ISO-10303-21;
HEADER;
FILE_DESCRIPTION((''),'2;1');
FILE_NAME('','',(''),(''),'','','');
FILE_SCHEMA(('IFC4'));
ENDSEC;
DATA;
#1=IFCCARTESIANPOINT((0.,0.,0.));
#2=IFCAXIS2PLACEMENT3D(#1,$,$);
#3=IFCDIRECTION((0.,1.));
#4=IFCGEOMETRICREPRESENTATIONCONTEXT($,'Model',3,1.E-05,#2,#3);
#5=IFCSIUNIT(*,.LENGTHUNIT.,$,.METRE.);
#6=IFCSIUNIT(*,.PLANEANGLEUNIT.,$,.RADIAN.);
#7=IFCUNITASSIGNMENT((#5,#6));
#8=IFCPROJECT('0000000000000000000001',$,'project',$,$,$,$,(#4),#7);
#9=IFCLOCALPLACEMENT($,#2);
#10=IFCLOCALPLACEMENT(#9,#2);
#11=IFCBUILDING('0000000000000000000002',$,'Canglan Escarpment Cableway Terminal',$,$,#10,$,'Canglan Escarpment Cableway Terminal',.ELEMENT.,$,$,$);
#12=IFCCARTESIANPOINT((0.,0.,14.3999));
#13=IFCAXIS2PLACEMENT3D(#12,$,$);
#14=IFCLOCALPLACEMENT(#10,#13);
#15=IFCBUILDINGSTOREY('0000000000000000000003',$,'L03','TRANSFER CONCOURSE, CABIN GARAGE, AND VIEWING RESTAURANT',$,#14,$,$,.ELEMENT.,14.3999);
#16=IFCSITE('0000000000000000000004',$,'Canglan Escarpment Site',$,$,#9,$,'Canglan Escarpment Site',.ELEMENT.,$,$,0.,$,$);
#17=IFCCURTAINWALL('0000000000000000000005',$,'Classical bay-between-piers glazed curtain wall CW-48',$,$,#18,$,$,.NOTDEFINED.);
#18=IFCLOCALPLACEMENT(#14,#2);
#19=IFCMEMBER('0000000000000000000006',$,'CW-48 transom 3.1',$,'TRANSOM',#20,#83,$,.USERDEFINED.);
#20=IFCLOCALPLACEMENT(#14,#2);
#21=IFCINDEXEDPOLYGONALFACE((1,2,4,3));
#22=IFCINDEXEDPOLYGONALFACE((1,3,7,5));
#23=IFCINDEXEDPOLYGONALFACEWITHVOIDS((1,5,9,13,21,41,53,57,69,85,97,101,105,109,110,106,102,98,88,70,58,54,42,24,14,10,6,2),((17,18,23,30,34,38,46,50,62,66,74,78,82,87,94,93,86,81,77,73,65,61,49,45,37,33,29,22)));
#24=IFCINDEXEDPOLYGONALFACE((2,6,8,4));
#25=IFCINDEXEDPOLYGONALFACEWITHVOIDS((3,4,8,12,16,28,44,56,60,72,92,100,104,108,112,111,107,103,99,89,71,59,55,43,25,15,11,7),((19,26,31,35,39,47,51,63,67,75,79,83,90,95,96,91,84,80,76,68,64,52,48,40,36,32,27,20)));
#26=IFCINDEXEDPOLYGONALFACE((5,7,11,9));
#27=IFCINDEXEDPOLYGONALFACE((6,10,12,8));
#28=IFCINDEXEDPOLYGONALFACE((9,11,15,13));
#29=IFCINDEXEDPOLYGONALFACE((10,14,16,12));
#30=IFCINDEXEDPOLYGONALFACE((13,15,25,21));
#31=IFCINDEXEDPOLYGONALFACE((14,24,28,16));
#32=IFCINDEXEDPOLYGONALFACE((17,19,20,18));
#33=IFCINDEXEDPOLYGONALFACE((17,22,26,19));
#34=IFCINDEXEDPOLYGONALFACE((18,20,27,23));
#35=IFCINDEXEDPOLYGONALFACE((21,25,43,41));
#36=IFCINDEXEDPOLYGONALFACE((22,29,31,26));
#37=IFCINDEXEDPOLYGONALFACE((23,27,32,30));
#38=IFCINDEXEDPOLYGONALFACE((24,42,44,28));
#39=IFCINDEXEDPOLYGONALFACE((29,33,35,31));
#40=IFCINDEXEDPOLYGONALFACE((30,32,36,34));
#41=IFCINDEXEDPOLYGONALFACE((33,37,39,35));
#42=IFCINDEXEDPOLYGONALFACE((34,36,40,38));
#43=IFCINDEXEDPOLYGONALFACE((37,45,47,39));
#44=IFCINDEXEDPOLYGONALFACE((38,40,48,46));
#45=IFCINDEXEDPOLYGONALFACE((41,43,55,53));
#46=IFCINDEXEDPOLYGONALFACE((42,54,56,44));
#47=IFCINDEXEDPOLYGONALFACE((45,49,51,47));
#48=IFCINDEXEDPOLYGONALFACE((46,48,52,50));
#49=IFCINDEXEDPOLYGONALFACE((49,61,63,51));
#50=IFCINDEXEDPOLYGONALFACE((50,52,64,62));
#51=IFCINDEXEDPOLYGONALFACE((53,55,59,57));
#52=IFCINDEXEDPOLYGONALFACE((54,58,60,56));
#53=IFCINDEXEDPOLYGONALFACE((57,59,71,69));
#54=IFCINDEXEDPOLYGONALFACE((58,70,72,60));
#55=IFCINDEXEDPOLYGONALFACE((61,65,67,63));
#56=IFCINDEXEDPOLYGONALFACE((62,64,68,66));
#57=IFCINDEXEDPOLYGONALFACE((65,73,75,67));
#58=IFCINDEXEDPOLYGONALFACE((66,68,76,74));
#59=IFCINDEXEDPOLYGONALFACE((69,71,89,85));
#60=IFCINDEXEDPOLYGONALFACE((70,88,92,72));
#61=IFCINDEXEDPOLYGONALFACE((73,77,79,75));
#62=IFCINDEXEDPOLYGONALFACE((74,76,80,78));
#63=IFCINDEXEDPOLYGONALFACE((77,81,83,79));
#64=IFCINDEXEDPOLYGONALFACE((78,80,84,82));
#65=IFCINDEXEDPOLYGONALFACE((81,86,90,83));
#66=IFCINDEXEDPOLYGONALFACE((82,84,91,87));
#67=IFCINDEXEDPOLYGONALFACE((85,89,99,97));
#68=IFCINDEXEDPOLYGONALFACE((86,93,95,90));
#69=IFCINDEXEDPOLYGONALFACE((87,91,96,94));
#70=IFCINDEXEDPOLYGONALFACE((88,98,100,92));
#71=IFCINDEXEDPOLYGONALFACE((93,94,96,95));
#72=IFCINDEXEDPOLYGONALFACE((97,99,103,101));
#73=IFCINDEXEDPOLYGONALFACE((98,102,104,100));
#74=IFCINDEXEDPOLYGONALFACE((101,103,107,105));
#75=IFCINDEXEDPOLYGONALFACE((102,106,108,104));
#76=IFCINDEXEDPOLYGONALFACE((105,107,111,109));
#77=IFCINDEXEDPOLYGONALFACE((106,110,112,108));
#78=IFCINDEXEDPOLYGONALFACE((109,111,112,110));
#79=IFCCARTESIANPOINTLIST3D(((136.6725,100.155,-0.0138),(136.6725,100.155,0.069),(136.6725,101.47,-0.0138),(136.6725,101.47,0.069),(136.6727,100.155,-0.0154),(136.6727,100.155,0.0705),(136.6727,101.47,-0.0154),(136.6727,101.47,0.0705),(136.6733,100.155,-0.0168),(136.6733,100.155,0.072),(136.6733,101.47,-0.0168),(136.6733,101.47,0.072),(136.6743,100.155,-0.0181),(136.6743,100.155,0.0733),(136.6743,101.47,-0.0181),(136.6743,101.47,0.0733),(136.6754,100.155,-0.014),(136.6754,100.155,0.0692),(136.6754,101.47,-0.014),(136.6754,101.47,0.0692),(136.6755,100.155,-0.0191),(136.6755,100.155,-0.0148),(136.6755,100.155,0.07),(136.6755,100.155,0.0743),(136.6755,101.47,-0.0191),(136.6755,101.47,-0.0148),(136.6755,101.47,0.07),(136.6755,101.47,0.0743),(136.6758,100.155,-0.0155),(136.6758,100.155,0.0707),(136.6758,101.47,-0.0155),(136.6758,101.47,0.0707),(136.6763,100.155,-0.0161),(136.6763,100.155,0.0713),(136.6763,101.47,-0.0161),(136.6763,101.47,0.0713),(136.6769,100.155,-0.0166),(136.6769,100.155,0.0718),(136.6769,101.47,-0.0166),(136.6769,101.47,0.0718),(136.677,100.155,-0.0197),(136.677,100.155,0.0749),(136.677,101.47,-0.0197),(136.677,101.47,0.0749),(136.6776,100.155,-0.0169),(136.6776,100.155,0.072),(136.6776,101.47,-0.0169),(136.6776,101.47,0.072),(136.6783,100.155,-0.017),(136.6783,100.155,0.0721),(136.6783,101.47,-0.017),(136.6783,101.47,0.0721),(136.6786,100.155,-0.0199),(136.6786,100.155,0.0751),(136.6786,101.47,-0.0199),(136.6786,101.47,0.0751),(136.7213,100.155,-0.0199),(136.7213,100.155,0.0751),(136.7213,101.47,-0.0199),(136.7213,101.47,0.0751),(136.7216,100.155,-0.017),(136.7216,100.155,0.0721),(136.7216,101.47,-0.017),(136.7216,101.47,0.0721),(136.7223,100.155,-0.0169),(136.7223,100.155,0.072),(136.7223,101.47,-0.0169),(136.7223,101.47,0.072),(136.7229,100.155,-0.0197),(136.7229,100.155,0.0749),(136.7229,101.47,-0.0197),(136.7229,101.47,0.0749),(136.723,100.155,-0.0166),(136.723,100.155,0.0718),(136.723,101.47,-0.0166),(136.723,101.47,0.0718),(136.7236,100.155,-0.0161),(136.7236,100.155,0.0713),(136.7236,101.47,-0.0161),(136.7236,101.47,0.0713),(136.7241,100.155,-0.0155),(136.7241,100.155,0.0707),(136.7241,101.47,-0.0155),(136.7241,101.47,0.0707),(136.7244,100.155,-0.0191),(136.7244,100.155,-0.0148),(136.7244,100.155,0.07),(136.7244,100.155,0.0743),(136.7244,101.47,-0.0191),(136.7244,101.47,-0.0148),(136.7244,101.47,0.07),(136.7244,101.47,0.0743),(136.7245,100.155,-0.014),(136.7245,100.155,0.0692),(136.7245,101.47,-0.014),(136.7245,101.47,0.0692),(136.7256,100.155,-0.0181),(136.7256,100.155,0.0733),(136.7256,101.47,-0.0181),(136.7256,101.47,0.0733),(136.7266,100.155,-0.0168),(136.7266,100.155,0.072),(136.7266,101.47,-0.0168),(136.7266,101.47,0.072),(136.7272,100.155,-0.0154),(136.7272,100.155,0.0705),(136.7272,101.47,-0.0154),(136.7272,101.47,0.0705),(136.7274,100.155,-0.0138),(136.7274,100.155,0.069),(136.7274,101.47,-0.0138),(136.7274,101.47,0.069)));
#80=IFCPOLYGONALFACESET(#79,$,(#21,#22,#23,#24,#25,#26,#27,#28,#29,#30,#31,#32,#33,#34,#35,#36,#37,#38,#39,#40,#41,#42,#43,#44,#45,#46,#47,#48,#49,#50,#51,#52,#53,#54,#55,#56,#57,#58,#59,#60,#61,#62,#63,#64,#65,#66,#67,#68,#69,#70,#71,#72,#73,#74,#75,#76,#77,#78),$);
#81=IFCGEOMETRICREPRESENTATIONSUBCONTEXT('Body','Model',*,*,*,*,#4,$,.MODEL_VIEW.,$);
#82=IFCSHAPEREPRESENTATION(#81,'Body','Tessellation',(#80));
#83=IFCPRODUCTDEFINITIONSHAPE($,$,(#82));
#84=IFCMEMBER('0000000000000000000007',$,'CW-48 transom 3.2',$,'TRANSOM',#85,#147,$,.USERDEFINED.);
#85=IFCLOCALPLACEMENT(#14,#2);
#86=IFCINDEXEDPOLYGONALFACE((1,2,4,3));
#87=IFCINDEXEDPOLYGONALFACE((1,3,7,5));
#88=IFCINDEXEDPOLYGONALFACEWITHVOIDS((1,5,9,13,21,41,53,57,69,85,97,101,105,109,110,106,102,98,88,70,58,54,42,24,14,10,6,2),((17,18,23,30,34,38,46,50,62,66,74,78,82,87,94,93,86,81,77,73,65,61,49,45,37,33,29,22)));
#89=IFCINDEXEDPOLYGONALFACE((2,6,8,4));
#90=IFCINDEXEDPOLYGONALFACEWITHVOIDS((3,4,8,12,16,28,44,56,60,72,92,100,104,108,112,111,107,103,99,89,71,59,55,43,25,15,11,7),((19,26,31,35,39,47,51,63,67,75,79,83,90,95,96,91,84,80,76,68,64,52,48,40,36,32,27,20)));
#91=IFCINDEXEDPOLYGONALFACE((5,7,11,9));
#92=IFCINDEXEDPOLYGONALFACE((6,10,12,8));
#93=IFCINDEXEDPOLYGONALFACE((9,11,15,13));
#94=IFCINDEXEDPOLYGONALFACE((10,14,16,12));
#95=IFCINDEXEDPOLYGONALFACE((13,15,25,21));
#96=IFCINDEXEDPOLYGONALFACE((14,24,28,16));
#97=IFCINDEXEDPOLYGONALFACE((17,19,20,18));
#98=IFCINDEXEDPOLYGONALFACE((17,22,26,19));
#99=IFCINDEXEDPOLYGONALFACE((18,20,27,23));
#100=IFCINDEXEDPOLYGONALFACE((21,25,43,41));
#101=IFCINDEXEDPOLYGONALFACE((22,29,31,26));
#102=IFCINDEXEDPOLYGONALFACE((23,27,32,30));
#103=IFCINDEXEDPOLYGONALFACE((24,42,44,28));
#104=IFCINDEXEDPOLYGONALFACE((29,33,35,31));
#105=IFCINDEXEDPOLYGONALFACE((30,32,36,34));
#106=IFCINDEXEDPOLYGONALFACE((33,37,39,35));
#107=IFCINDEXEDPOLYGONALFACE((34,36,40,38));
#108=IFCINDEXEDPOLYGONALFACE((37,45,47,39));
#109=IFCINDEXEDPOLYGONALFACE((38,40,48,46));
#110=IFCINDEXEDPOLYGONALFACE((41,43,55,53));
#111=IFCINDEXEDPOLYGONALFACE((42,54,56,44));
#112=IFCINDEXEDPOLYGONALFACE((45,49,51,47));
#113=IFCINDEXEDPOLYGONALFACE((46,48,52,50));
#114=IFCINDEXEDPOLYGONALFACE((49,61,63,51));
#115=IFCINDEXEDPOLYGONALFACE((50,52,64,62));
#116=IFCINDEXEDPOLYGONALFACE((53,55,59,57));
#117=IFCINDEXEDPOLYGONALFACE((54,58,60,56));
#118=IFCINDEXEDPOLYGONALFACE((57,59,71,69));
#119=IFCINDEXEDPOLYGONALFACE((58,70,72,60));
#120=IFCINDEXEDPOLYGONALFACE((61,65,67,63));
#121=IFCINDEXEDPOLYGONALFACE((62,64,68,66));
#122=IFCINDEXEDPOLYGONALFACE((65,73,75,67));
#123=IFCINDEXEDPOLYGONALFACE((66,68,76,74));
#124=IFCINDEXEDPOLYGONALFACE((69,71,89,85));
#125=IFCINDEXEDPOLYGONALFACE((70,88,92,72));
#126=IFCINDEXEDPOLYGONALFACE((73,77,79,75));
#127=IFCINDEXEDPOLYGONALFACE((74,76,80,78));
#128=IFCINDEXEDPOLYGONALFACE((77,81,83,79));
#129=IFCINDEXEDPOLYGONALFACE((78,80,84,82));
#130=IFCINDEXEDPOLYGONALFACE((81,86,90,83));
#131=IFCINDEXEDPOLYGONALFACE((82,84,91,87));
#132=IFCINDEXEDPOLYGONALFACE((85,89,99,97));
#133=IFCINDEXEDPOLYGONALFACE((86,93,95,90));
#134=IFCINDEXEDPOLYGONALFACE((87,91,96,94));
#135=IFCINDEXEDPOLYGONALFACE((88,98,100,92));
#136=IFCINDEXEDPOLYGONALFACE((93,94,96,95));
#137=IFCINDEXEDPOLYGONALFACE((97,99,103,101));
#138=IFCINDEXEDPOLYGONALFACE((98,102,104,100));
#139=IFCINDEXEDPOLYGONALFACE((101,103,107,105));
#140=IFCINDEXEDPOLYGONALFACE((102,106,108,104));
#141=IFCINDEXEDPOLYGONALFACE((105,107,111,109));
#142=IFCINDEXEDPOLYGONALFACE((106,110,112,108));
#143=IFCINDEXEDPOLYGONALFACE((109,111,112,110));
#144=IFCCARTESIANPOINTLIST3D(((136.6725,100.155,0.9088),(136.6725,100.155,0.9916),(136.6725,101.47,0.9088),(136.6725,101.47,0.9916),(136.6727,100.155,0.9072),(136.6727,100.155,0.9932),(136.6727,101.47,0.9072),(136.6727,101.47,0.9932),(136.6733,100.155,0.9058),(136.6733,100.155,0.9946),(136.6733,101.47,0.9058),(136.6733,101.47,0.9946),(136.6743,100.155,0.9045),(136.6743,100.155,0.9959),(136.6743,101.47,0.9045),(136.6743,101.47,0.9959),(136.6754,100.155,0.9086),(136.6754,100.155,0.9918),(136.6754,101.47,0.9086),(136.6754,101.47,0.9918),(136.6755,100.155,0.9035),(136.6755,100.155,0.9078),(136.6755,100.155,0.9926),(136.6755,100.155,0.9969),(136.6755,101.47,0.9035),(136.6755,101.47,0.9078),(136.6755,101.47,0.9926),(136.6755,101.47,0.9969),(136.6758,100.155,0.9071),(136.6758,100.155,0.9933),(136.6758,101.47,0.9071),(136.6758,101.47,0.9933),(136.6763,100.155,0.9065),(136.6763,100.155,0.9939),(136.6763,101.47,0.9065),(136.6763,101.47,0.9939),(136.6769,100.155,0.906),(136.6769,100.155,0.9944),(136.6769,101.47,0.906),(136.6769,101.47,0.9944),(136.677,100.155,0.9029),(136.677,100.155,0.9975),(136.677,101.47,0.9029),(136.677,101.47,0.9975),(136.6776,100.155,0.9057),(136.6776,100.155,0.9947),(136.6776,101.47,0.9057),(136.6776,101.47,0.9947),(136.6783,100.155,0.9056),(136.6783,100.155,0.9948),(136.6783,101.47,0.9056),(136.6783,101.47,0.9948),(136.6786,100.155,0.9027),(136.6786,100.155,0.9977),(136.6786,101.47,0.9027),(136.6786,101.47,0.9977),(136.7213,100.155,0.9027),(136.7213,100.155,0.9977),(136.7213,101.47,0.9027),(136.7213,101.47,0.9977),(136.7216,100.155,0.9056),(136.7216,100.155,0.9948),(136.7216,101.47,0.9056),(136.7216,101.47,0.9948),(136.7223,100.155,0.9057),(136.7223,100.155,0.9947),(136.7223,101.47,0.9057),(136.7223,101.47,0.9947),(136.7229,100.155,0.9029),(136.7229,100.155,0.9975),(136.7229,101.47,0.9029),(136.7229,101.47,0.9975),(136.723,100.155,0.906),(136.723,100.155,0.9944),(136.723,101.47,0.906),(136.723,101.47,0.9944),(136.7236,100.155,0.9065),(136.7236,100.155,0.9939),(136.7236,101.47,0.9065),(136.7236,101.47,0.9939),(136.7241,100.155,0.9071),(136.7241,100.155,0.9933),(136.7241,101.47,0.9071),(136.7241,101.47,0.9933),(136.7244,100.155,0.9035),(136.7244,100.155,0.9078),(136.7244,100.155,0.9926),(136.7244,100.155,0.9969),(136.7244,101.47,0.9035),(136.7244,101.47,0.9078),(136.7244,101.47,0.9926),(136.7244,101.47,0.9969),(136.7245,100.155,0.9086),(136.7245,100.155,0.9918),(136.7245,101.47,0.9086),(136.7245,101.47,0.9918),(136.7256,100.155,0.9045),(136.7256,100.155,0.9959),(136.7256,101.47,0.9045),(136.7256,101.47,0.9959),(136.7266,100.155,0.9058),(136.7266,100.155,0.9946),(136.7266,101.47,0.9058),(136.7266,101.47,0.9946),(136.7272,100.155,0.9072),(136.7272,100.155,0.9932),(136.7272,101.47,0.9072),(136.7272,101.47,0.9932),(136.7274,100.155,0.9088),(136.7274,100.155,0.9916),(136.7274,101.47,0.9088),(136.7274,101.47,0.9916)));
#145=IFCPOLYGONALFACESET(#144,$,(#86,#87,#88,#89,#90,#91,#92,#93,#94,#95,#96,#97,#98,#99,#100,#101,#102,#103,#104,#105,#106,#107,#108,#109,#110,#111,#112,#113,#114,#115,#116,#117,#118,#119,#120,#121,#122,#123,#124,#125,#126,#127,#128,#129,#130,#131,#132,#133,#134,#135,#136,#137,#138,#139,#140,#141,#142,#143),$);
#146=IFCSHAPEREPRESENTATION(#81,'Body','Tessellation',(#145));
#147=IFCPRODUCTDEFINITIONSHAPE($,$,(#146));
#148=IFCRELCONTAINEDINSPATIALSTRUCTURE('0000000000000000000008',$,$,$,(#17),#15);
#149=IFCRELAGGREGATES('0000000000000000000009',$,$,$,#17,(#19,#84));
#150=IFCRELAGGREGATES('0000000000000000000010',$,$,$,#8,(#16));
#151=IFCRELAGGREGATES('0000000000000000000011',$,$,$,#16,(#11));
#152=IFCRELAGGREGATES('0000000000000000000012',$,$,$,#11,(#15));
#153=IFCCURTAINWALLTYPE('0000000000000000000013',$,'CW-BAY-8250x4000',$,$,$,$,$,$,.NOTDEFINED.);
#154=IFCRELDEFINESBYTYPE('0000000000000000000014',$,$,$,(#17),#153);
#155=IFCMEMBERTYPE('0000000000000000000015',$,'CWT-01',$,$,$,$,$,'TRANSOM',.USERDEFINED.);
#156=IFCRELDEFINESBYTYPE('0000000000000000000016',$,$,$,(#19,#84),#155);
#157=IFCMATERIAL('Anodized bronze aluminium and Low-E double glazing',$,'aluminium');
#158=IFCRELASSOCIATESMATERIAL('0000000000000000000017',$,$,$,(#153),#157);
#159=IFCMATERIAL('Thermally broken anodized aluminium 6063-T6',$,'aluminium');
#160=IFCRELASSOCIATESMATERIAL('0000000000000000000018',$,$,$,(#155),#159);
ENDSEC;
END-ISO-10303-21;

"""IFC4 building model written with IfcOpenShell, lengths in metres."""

from ifc_helpers import new_model, si_unit, direction, frame, origin, origin_2d, place, context, subcontext, project, spatial, hollow_rectangle, extrude, material, material_profile, profile_set, type_object, element, aggregate, save


model = new_model("IFC4")

# Units and contexts
model_context = context("Model", 3, precision=1e-05, world=origin(), true_north=direction((0.0, 1.0)))
body_context = subcontext(model_context, "Body", "Model", "MODEL_VIEW")
ifc_project = project(units=[si_unit("LENGTHUNIT", "METRE"), si_unit("PLANEANGLEUNIT", "RADIAN")], contexts=[model_context])

# Site, building, storey
site_placement = place(None, origin())
site = spatial("IfcSite", under=ifc_project, at=site_placement, Name="Canglan Escarpment Site", LongName="Canglan Escarpment Site", CompositionType="ELEMENT", RefElevation=0.0)
building_placement = place(site_placement, origin())
building = spatial("IfcBuilding", under=site, at=building_placement, Name="Canglan Escarpment Cableway Terminal", LongName="Canglan Escarpment Cableway Terminal", CompositionType="ELEMENT")
storey_placement = place(building_placement, frame((0.0, 0.0, 14.3999)))
storey = spatial("IfcBuildingStorey", under=building, at=storey_placement, Name="L03", Description="TRANSFER CONCOURSE, CABIN GARAGE, AND VIEWING RESTAURANT", CompositionType="ELEMENT", Elevation=14.3999)

# Curtain wall, members
ifc_material_1 = material(Name="Anodized bronze aluminium and Low-E double glazing", Category="aluminium")
curtain_wall_type = type_object("IfcCurtainWallType", Name="CW-BAY-8250x4000", PredefinedType="NOTDEFINED", material=ifc_material_1)
curtain_wall_placement = place(storey_placement, origin())
curtain_wall = element("IfcCurtainWall", 1, at=curtain_wall_placement, inside=storey, type_object=curtain_wall_type, Name="Classical bay-between-piers glazed curtain wall CW-48", PredefinedType="NOTDEFINED")
ifc_material_2 = material(Name="Thermally broken anodized aluminium 6063-T6", Category="aluminium")
ifc_material_profile_1 = material_profile(ifc_material_2, hollow_rectangle(XDim=0.0549, YDim=0.095, WallThickness=0.0029, InnerFilletRadius=0.0029, OuterFilletRadius=0.0061, at=origin_2d()), Name="ALU-TRAN 55x95x3")
ifc_profile_set_1 = profile_set([ifc_material_profile_1], Name="Thermally broken anodized aluminium 6063-T6")
member_type_1 = type_object("IfcMemberType", Name="CWT-01", ElementType="TRANSOM", PredefinedType="USERDEFINED", material=ifc_profile_set_1)
member_1_placement = place(storey_placement, frame((136.7, 100.155, 0.0276), z_axis=(0.0, 1.0, 0.0), x_axis=(-1.0, 0.0, 0.0)))
member_1 = element("IfcMember", 2, at=member_1_placement, type_object=member_type_1, Name="CW-48 transom 3.1", ObjectType="TRANSOM", PredefinedType="USERDEFINED", context=body_context, shape_type="SweptSolid", body=[
    extrude(hollow_rectangle(XDim=0.0549, YDim=0.095, WallThickness=0.0029, InnerFilletRadius=0.0029, OuterFilletRadius=0.0061, at=origin_2d()), origin(), (0.0, 0.0, 1.0), 1.3149),
])
member_2_placement = place(storey_placement, frame((136.7, 100.155, 0.9502), z_axis=(0.0, 1.0, 0.0), x_axis=(-1.0, 0.0, 0.0)))
member_2 = element("IfcMember", 3, at=member_2_placement, type_object=member_type_1, Name="CW-48 transom 3.2", ObjectType="TRANSOM", PredefinedType="USERDEFINED", context=body_context, shape_type="SweptSolid", body=[
    extrude(hollow_rectangle(XDim=0.0549, YDim=0.095, WallThickness=0.0029, InnerFilletRadius=0.0029, OuterFilletRadius=0.0061, at=origin_2d()), origin(), (0.0, 0.0, 1.0), 1.3149),
])
aggregate(curtain_wall, [member_1, member_2])

save(model, "model.ifc")
